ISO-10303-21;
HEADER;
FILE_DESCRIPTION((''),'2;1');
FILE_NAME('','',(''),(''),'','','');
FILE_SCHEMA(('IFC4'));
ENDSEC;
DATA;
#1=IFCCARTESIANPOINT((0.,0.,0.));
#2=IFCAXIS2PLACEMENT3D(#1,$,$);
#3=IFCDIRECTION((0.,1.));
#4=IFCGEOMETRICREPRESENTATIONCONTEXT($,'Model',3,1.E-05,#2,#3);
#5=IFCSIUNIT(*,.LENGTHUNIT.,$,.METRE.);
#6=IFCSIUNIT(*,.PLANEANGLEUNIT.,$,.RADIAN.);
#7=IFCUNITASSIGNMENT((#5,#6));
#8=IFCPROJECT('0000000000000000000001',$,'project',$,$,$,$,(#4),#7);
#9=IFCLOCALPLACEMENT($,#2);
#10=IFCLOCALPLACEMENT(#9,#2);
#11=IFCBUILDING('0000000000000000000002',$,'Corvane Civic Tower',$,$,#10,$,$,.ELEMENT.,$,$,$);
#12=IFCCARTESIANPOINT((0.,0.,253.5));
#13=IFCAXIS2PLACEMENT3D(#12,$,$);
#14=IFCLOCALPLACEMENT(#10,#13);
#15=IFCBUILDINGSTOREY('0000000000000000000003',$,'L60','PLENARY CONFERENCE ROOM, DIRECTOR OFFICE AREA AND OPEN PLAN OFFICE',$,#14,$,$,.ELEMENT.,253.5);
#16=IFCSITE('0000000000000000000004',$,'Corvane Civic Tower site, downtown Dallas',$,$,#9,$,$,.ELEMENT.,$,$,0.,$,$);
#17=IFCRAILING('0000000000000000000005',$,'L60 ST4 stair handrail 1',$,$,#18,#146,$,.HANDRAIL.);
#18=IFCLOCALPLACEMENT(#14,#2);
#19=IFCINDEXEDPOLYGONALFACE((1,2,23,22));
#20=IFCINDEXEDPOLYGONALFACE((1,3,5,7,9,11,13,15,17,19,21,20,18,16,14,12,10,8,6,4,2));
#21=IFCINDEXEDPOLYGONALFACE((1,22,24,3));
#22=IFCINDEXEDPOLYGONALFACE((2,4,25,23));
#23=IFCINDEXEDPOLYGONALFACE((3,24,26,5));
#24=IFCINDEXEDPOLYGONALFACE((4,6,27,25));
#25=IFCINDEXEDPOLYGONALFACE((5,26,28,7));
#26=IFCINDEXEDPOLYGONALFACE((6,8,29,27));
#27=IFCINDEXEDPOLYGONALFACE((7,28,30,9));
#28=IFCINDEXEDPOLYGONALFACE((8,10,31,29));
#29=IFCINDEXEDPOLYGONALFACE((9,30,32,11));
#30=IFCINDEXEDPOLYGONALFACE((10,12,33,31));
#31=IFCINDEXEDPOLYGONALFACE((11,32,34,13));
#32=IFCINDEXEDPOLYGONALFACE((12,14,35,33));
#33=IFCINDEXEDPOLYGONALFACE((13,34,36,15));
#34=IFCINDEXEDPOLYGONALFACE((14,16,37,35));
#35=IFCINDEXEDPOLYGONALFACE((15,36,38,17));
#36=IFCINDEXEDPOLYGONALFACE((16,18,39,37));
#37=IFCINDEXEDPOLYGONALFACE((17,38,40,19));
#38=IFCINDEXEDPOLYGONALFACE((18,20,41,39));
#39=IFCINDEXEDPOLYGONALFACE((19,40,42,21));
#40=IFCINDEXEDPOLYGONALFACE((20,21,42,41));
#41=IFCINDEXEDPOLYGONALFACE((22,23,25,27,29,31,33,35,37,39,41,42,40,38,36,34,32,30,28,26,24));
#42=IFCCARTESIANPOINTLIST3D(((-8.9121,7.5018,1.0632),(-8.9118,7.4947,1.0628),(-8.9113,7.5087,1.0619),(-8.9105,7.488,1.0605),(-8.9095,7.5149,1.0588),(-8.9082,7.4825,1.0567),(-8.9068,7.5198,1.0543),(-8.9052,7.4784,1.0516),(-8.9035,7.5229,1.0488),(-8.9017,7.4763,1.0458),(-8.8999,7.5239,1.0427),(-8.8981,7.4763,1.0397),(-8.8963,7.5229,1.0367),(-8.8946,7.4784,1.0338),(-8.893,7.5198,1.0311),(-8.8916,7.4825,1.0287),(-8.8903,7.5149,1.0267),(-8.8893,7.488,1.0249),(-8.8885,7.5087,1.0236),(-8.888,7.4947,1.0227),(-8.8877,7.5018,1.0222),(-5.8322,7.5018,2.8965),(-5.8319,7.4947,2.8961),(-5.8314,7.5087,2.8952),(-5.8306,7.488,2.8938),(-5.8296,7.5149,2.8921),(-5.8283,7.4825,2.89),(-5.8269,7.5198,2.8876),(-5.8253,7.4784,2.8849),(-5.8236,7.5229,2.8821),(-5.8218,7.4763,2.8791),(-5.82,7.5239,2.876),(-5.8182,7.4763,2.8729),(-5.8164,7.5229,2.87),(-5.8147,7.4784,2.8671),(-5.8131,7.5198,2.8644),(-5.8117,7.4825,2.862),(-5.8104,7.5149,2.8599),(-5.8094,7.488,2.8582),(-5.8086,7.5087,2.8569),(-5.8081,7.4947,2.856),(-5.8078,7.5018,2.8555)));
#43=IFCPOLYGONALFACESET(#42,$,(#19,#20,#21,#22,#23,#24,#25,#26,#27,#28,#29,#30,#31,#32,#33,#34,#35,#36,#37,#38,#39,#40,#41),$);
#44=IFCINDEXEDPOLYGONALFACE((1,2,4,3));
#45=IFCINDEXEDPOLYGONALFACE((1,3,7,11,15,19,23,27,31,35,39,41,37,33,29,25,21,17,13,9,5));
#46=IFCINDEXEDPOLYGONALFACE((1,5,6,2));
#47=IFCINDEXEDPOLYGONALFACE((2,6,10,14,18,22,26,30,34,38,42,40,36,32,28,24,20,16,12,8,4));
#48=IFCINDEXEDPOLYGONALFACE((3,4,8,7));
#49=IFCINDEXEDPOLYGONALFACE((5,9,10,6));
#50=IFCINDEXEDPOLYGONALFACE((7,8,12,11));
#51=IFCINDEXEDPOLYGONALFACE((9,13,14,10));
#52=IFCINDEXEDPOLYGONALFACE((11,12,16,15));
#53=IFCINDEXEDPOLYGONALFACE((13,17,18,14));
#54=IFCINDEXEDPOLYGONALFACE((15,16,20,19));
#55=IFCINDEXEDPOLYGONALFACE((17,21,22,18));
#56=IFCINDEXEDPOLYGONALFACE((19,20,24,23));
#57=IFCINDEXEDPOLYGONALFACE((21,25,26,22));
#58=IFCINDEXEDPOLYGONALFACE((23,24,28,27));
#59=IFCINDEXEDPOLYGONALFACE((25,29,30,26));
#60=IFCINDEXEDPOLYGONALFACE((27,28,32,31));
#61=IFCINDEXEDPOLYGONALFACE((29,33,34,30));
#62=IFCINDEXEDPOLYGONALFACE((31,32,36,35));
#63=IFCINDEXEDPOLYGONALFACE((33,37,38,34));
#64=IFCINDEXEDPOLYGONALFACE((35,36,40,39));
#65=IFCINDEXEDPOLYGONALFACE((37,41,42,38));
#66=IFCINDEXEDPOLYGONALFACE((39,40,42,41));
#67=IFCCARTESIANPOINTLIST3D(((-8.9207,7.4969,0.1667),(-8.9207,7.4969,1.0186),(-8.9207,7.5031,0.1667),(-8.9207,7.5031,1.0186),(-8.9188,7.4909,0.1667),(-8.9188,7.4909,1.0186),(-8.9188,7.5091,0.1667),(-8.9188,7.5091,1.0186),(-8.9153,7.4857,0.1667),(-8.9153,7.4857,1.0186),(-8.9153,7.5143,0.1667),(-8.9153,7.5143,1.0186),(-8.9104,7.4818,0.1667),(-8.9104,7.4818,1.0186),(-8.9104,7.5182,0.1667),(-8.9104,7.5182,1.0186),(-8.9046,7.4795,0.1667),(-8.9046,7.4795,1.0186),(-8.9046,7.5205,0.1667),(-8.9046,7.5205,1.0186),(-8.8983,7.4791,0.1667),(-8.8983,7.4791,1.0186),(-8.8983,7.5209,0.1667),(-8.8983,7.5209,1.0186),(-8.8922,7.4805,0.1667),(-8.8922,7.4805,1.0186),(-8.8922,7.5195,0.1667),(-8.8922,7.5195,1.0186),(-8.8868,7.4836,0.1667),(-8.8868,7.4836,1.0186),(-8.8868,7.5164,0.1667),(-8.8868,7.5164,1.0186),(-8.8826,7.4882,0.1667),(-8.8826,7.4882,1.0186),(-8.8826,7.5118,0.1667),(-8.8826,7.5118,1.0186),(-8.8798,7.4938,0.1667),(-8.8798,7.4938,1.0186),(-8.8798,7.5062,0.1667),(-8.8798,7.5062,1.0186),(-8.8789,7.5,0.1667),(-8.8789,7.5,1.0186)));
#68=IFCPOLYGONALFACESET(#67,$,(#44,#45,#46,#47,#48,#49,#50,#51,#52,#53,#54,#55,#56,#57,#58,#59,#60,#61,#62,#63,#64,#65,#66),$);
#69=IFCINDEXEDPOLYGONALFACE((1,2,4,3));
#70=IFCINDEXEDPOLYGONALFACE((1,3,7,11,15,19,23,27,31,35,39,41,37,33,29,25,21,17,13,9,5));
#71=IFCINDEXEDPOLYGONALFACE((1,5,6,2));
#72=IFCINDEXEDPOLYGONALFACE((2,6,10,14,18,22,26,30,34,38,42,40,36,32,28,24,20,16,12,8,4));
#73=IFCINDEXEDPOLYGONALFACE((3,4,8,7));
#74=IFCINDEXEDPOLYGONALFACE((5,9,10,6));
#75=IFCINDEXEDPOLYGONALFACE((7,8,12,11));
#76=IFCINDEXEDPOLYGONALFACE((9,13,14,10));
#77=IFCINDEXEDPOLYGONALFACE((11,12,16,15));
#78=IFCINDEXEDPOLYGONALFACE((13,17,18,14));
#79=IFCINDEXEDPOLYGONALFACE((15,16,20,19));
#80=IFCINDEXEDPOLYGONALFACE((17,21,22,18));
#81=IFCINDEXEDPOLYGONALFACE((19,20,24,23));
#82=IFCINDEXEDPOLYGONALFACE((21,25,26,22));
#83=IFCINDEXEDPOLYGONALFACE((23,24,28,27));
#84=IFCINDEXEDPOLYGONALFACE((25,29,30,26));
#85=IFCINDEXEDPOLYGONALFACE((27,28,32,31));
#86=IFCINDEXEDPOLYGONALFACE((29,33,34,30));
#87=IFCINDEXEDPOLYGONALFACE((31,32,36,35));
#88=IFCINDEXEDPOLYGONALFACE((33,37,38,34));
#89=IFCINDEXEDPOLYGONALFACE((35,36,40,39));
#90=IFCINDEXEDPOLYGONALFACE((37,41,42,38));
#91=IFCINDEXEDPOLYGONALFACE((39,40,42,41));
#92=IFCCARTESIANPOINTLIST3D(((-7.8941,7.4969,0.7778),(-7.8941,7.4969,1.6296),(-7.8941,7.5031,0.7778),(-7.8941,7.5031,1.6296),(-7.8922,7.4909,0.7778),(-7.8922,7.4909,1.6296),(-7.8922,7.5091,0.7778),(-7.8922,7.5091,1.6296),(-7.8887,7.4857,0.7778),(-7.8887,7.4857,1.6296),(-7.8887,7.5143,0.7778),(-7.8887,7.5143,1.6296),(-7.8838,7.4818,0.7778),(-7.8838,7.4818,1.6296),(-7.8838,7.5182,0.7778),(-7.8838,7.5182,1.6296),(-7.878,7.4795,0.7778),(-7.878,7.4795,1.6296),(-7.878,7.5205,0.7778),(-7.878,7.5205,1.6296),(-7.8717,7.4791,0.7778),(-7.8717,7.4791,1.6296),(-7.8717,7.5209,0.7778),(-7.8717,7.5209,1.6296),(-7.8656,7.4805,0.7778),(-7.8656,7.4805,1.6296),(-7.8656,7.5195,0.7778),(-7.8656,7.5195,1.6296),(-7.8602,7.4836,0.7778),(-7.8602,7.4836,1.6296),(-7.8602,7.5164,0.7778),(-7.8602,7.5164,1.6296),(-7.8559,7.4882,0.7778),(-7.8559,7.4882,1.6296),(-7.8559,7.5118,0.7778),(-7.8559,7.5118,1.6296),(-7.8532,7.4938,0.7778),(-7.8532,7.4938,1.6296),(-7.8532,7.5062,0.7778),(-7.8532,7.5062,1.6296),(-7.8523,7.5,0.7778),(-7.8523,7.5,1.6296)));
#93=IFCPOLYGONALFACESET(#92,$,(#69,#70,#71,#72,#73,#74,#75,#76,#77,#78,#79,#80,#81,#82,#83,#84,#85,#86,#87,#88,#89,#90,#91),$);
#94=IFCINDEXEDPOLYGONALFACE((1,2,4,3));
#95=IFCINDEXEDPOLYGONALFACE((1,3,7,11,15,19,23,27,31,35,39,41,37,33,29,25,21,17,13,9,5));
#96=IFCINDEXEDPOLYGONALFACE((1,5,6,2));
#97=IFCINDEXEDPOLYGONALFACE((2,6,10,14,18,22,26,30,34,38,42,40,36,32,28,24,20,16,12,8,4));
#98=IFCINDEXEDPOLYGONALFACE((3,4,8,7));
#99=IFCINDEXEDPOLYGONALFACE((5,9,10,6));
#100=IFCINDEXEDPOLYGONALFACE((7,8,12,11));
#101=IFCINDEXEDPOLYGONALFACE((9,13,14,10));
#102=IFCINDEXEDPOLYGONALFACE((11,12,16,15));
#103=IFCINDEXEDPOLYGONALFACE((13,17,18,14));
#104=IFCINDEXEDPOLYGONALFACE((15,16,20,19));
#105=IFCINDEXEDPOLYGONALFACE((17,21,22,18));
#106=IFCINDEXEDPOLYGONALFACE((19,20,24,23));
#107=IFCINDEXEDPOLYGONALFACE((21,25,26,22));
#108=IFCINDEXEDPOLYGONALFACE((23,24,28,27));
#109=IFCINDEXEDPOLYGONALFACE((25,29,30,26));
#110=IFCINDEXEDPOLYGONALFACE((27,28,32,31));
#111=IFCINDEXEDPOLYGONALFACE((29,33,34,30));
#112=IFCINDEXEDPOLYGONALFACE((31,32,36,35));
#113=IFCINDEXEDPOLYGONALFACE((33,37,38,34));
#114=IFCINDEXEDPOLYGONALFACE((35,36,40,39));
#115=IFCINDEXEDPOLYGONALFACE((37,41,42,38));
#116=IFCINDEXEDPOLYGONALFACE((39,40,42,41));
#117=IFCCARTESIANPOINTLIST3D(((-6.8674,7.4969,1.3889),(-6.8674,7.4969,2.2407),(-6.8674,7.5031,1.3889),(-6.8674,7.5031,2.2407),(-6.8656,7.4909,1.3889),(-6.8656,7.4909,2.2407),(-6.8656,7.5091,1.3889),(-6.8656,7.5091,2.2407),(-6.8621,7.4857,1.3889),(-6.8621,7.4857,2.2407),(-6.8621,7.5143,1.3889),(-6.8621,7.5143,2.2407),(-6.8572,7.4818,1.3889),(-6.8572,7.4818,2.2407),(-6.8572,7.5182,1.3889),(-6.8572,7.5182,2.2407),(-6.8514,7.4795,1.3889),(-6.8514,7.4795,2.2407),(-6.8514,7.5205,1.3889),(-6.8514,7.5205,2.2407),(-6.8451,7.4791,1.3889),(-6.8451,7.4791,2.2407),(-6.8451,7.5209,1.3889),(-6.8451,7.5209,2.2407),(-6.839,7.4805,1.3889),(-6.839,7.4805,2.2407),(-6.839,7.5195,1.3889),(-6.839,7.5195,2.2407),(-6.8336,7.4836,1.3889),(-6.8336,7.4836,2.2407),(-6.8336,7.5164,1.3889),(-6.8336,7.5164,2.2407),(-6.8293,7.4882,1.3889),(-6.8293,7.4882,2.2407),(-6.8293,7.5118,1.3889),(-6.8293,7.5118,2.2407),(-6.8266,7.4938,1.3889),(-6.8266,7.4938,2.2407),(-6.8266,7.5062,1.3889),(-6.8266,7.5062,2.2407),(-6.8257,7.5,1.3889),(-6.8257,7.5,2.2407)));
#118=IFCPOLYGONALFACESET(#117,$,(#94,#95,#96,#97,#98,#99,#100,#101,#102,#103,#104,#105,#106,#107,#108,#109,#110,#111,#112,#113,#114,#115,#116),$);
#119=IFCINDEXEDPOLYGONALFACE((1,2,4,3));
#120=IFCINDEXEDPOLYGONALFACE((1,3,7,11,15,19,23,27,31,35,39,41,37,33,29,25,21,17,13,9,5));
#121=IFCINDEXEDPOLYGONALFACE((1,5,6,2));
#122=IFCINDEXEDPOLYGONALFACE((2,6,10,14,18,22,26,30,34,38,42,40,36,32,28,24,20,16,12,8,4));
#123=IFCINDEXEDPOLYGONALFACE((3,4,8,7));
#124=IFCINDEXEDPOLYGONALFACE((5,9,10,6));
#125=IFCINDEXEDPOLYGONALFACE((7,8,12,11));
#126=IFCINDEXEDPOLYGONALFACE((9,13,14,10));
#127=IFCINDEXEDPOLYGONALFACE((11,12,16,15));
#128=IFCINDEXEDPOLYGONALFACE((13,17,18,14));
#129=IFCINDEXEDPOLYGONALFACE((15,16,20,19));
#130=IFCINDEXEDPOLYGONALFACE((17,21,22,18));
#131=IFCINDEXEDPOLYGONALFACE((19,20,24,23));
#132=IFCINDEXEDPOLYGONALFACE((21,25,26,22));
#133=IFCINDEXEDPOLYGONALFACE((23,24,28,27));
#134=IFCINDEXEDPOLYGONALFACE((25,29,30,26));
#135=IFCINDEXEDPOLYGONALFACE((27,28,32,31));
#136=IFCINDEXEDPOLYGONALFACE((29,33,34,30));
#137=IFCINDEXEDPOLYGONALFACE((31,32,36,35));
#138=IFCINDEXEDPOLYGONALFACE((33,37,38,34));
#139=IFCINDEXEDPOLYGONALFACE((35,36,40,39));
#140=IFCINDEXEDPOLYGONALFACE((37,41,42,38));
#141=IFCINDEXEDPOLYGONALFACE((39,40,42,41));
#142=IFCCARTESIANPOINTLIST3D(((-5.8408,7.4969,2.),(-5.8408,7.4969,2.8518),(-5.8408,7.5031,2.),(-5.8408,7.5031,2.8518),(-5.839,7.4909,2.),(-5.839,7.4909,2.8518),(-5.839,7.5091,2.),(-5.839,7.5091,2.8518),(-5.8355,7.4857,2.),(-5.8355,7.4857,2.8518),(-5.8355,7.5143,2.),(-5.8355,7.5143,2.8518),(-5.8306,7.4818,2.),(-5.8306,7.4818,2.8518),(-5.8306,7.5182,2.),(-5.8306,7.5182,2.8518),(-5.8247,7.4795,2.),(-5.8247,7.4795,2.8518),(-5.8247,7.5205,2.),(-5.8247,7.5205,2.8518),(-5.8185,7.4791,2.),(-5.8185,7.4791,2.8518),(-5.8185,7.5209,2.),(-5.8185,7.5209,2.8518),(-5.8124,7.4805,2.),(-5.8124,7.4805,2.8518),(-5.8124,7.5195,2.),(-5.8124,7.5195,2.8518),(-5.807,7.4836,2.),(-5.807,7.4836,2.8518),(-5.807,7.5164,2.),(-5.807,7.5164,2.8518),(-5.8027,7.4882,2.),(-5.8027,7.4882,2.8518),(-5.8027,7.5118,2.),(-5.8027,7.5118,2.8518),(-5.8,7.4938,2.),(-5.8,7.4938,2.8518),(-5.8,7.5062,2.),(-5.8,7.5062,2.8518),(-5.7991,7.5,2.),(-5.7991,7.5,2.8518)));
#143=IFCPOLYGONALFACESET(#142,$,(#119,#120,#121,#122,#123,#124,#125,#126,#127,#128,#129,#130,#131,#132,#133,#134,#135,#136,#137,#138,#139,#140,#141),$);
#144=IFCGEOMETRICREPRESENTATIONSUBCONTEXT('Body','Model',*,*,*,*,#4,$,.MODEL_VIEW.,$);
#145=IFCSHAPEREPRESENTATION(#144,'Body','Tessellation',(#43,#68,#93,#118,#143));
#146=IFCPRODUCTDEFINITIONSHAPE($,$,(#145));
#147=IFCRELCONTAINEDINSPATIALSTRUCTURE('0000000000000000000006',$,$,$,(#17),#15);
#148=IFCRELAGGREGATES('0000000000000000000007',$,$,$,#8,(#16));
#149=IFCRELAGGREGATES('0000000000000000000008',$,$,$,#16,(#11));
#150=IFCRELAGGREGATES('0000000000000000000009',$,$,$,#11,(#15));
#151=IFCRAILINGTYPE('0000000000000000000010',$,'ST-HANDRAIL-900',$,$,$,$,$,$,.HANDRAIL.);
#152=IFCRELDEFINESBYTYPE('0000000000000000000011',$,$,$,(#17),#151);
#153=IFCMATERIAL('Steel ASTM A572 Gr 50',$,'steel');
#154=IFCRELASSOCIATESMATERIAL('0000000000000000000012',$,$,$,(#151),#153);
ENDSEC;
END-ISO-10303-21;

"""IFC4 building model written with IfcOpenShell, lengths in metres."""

from ifc_helpers import new_model, si_unit, direction, frame, origin, origin_2d, place, context, subcontext, project, spatial, circle, extrude, material, type_object, element, save


model = new_model("IFC4")

# Units and contexts
model_context = context("Model", 3, precision=1e-05, world=origin(), true_north=direction((0.0, 1.0)))
body_context = subcontext(model_context, "Body", "Model", "MODEL_VIEW")
ifc_project = project(units=[si_unit("LENGTHUNIT", "METRE"), si_unit("PLANEANGLEUNIT", "RADIAN")], contexts=[model_context])

# Site, building, storey
site_placement = place(None, origin())
site = spatial("IfcSite", under=ifc_project, at=site_placement, Name="Corvane Civic Tower site, downtown Dallas", CompositionType="ELEMENT", RefElevation=0.0)
building_placement = place(site_placement, origin())
building = spatial("IfcBuilding", under=site, at=building_placement, Name="Corvane Civic Tower", CompositionType="ELEMENT")
storey_placement = place(building_placement, frame((0.0, 0.0, 253.5)))
storey = spatial("IfcBuildingStorey", under=building, at=storey_placement, Name="L60", Description="PLENARY CONFERENCE ROOM, DIRECTOR OFFICE AREA AND OPEN PLAN OFFICE", CompositionType="ELEMENT", Elevation=253.5)

# Railing
ifc_material_1 = material(Name="Steel ASTM A572 Gr 50", Category="steel")
railing_type_1 = type_object("IfcRailingType", Name="ST-HANDRAIL-900", PredefinedType="HANDRAIL", material=ifc_material_1)
railing_1_placement = place(storey_placement, frame((-8.8999, 7.5, 0.1667)))
element("IfcRailing", 1, at=railing_1_placement, inside=storey, type_object=railing_type_1, Name="L60 ST4 stair handrail 1", PredefinedType="HANDRAIL", context=body_context, shape_type="SweptSolid", body=[
    extrude(circle(Radius=0.0239, at=origin_2d()), frame((0.0, 0.0, 0.876), z_axis=(0.859291, 0.0, 0.511487), x_axis=(0.0, 1.0, 0.0)), (0.0, 0.0, 1.0), 3.5842),
    extrude(circle(Radius=0.021, at=origin_2d()), origin(), (0.0, 0.0, 1.0), 0.8518),
    extrude(circle(Radius=0.021, at=origin_2d()), frame((1.0266, 0.0, 0.6111)), (0.0, 0.0, 1.0), 0.8518),
    extrude(circle(Radius=0.021, at=origin_2d()), frame((2.0532, 0.0, 1.2222)), (0.0, 0.0, 1.0), 0.8518),
    extrude(circle(Radius=0.021, at=origin_2d()), frame((3.0798, 0.0, 1.8333)), (0.0, 0.0, 1.0), 0.8518),
])

save(model, "model.ifc")
